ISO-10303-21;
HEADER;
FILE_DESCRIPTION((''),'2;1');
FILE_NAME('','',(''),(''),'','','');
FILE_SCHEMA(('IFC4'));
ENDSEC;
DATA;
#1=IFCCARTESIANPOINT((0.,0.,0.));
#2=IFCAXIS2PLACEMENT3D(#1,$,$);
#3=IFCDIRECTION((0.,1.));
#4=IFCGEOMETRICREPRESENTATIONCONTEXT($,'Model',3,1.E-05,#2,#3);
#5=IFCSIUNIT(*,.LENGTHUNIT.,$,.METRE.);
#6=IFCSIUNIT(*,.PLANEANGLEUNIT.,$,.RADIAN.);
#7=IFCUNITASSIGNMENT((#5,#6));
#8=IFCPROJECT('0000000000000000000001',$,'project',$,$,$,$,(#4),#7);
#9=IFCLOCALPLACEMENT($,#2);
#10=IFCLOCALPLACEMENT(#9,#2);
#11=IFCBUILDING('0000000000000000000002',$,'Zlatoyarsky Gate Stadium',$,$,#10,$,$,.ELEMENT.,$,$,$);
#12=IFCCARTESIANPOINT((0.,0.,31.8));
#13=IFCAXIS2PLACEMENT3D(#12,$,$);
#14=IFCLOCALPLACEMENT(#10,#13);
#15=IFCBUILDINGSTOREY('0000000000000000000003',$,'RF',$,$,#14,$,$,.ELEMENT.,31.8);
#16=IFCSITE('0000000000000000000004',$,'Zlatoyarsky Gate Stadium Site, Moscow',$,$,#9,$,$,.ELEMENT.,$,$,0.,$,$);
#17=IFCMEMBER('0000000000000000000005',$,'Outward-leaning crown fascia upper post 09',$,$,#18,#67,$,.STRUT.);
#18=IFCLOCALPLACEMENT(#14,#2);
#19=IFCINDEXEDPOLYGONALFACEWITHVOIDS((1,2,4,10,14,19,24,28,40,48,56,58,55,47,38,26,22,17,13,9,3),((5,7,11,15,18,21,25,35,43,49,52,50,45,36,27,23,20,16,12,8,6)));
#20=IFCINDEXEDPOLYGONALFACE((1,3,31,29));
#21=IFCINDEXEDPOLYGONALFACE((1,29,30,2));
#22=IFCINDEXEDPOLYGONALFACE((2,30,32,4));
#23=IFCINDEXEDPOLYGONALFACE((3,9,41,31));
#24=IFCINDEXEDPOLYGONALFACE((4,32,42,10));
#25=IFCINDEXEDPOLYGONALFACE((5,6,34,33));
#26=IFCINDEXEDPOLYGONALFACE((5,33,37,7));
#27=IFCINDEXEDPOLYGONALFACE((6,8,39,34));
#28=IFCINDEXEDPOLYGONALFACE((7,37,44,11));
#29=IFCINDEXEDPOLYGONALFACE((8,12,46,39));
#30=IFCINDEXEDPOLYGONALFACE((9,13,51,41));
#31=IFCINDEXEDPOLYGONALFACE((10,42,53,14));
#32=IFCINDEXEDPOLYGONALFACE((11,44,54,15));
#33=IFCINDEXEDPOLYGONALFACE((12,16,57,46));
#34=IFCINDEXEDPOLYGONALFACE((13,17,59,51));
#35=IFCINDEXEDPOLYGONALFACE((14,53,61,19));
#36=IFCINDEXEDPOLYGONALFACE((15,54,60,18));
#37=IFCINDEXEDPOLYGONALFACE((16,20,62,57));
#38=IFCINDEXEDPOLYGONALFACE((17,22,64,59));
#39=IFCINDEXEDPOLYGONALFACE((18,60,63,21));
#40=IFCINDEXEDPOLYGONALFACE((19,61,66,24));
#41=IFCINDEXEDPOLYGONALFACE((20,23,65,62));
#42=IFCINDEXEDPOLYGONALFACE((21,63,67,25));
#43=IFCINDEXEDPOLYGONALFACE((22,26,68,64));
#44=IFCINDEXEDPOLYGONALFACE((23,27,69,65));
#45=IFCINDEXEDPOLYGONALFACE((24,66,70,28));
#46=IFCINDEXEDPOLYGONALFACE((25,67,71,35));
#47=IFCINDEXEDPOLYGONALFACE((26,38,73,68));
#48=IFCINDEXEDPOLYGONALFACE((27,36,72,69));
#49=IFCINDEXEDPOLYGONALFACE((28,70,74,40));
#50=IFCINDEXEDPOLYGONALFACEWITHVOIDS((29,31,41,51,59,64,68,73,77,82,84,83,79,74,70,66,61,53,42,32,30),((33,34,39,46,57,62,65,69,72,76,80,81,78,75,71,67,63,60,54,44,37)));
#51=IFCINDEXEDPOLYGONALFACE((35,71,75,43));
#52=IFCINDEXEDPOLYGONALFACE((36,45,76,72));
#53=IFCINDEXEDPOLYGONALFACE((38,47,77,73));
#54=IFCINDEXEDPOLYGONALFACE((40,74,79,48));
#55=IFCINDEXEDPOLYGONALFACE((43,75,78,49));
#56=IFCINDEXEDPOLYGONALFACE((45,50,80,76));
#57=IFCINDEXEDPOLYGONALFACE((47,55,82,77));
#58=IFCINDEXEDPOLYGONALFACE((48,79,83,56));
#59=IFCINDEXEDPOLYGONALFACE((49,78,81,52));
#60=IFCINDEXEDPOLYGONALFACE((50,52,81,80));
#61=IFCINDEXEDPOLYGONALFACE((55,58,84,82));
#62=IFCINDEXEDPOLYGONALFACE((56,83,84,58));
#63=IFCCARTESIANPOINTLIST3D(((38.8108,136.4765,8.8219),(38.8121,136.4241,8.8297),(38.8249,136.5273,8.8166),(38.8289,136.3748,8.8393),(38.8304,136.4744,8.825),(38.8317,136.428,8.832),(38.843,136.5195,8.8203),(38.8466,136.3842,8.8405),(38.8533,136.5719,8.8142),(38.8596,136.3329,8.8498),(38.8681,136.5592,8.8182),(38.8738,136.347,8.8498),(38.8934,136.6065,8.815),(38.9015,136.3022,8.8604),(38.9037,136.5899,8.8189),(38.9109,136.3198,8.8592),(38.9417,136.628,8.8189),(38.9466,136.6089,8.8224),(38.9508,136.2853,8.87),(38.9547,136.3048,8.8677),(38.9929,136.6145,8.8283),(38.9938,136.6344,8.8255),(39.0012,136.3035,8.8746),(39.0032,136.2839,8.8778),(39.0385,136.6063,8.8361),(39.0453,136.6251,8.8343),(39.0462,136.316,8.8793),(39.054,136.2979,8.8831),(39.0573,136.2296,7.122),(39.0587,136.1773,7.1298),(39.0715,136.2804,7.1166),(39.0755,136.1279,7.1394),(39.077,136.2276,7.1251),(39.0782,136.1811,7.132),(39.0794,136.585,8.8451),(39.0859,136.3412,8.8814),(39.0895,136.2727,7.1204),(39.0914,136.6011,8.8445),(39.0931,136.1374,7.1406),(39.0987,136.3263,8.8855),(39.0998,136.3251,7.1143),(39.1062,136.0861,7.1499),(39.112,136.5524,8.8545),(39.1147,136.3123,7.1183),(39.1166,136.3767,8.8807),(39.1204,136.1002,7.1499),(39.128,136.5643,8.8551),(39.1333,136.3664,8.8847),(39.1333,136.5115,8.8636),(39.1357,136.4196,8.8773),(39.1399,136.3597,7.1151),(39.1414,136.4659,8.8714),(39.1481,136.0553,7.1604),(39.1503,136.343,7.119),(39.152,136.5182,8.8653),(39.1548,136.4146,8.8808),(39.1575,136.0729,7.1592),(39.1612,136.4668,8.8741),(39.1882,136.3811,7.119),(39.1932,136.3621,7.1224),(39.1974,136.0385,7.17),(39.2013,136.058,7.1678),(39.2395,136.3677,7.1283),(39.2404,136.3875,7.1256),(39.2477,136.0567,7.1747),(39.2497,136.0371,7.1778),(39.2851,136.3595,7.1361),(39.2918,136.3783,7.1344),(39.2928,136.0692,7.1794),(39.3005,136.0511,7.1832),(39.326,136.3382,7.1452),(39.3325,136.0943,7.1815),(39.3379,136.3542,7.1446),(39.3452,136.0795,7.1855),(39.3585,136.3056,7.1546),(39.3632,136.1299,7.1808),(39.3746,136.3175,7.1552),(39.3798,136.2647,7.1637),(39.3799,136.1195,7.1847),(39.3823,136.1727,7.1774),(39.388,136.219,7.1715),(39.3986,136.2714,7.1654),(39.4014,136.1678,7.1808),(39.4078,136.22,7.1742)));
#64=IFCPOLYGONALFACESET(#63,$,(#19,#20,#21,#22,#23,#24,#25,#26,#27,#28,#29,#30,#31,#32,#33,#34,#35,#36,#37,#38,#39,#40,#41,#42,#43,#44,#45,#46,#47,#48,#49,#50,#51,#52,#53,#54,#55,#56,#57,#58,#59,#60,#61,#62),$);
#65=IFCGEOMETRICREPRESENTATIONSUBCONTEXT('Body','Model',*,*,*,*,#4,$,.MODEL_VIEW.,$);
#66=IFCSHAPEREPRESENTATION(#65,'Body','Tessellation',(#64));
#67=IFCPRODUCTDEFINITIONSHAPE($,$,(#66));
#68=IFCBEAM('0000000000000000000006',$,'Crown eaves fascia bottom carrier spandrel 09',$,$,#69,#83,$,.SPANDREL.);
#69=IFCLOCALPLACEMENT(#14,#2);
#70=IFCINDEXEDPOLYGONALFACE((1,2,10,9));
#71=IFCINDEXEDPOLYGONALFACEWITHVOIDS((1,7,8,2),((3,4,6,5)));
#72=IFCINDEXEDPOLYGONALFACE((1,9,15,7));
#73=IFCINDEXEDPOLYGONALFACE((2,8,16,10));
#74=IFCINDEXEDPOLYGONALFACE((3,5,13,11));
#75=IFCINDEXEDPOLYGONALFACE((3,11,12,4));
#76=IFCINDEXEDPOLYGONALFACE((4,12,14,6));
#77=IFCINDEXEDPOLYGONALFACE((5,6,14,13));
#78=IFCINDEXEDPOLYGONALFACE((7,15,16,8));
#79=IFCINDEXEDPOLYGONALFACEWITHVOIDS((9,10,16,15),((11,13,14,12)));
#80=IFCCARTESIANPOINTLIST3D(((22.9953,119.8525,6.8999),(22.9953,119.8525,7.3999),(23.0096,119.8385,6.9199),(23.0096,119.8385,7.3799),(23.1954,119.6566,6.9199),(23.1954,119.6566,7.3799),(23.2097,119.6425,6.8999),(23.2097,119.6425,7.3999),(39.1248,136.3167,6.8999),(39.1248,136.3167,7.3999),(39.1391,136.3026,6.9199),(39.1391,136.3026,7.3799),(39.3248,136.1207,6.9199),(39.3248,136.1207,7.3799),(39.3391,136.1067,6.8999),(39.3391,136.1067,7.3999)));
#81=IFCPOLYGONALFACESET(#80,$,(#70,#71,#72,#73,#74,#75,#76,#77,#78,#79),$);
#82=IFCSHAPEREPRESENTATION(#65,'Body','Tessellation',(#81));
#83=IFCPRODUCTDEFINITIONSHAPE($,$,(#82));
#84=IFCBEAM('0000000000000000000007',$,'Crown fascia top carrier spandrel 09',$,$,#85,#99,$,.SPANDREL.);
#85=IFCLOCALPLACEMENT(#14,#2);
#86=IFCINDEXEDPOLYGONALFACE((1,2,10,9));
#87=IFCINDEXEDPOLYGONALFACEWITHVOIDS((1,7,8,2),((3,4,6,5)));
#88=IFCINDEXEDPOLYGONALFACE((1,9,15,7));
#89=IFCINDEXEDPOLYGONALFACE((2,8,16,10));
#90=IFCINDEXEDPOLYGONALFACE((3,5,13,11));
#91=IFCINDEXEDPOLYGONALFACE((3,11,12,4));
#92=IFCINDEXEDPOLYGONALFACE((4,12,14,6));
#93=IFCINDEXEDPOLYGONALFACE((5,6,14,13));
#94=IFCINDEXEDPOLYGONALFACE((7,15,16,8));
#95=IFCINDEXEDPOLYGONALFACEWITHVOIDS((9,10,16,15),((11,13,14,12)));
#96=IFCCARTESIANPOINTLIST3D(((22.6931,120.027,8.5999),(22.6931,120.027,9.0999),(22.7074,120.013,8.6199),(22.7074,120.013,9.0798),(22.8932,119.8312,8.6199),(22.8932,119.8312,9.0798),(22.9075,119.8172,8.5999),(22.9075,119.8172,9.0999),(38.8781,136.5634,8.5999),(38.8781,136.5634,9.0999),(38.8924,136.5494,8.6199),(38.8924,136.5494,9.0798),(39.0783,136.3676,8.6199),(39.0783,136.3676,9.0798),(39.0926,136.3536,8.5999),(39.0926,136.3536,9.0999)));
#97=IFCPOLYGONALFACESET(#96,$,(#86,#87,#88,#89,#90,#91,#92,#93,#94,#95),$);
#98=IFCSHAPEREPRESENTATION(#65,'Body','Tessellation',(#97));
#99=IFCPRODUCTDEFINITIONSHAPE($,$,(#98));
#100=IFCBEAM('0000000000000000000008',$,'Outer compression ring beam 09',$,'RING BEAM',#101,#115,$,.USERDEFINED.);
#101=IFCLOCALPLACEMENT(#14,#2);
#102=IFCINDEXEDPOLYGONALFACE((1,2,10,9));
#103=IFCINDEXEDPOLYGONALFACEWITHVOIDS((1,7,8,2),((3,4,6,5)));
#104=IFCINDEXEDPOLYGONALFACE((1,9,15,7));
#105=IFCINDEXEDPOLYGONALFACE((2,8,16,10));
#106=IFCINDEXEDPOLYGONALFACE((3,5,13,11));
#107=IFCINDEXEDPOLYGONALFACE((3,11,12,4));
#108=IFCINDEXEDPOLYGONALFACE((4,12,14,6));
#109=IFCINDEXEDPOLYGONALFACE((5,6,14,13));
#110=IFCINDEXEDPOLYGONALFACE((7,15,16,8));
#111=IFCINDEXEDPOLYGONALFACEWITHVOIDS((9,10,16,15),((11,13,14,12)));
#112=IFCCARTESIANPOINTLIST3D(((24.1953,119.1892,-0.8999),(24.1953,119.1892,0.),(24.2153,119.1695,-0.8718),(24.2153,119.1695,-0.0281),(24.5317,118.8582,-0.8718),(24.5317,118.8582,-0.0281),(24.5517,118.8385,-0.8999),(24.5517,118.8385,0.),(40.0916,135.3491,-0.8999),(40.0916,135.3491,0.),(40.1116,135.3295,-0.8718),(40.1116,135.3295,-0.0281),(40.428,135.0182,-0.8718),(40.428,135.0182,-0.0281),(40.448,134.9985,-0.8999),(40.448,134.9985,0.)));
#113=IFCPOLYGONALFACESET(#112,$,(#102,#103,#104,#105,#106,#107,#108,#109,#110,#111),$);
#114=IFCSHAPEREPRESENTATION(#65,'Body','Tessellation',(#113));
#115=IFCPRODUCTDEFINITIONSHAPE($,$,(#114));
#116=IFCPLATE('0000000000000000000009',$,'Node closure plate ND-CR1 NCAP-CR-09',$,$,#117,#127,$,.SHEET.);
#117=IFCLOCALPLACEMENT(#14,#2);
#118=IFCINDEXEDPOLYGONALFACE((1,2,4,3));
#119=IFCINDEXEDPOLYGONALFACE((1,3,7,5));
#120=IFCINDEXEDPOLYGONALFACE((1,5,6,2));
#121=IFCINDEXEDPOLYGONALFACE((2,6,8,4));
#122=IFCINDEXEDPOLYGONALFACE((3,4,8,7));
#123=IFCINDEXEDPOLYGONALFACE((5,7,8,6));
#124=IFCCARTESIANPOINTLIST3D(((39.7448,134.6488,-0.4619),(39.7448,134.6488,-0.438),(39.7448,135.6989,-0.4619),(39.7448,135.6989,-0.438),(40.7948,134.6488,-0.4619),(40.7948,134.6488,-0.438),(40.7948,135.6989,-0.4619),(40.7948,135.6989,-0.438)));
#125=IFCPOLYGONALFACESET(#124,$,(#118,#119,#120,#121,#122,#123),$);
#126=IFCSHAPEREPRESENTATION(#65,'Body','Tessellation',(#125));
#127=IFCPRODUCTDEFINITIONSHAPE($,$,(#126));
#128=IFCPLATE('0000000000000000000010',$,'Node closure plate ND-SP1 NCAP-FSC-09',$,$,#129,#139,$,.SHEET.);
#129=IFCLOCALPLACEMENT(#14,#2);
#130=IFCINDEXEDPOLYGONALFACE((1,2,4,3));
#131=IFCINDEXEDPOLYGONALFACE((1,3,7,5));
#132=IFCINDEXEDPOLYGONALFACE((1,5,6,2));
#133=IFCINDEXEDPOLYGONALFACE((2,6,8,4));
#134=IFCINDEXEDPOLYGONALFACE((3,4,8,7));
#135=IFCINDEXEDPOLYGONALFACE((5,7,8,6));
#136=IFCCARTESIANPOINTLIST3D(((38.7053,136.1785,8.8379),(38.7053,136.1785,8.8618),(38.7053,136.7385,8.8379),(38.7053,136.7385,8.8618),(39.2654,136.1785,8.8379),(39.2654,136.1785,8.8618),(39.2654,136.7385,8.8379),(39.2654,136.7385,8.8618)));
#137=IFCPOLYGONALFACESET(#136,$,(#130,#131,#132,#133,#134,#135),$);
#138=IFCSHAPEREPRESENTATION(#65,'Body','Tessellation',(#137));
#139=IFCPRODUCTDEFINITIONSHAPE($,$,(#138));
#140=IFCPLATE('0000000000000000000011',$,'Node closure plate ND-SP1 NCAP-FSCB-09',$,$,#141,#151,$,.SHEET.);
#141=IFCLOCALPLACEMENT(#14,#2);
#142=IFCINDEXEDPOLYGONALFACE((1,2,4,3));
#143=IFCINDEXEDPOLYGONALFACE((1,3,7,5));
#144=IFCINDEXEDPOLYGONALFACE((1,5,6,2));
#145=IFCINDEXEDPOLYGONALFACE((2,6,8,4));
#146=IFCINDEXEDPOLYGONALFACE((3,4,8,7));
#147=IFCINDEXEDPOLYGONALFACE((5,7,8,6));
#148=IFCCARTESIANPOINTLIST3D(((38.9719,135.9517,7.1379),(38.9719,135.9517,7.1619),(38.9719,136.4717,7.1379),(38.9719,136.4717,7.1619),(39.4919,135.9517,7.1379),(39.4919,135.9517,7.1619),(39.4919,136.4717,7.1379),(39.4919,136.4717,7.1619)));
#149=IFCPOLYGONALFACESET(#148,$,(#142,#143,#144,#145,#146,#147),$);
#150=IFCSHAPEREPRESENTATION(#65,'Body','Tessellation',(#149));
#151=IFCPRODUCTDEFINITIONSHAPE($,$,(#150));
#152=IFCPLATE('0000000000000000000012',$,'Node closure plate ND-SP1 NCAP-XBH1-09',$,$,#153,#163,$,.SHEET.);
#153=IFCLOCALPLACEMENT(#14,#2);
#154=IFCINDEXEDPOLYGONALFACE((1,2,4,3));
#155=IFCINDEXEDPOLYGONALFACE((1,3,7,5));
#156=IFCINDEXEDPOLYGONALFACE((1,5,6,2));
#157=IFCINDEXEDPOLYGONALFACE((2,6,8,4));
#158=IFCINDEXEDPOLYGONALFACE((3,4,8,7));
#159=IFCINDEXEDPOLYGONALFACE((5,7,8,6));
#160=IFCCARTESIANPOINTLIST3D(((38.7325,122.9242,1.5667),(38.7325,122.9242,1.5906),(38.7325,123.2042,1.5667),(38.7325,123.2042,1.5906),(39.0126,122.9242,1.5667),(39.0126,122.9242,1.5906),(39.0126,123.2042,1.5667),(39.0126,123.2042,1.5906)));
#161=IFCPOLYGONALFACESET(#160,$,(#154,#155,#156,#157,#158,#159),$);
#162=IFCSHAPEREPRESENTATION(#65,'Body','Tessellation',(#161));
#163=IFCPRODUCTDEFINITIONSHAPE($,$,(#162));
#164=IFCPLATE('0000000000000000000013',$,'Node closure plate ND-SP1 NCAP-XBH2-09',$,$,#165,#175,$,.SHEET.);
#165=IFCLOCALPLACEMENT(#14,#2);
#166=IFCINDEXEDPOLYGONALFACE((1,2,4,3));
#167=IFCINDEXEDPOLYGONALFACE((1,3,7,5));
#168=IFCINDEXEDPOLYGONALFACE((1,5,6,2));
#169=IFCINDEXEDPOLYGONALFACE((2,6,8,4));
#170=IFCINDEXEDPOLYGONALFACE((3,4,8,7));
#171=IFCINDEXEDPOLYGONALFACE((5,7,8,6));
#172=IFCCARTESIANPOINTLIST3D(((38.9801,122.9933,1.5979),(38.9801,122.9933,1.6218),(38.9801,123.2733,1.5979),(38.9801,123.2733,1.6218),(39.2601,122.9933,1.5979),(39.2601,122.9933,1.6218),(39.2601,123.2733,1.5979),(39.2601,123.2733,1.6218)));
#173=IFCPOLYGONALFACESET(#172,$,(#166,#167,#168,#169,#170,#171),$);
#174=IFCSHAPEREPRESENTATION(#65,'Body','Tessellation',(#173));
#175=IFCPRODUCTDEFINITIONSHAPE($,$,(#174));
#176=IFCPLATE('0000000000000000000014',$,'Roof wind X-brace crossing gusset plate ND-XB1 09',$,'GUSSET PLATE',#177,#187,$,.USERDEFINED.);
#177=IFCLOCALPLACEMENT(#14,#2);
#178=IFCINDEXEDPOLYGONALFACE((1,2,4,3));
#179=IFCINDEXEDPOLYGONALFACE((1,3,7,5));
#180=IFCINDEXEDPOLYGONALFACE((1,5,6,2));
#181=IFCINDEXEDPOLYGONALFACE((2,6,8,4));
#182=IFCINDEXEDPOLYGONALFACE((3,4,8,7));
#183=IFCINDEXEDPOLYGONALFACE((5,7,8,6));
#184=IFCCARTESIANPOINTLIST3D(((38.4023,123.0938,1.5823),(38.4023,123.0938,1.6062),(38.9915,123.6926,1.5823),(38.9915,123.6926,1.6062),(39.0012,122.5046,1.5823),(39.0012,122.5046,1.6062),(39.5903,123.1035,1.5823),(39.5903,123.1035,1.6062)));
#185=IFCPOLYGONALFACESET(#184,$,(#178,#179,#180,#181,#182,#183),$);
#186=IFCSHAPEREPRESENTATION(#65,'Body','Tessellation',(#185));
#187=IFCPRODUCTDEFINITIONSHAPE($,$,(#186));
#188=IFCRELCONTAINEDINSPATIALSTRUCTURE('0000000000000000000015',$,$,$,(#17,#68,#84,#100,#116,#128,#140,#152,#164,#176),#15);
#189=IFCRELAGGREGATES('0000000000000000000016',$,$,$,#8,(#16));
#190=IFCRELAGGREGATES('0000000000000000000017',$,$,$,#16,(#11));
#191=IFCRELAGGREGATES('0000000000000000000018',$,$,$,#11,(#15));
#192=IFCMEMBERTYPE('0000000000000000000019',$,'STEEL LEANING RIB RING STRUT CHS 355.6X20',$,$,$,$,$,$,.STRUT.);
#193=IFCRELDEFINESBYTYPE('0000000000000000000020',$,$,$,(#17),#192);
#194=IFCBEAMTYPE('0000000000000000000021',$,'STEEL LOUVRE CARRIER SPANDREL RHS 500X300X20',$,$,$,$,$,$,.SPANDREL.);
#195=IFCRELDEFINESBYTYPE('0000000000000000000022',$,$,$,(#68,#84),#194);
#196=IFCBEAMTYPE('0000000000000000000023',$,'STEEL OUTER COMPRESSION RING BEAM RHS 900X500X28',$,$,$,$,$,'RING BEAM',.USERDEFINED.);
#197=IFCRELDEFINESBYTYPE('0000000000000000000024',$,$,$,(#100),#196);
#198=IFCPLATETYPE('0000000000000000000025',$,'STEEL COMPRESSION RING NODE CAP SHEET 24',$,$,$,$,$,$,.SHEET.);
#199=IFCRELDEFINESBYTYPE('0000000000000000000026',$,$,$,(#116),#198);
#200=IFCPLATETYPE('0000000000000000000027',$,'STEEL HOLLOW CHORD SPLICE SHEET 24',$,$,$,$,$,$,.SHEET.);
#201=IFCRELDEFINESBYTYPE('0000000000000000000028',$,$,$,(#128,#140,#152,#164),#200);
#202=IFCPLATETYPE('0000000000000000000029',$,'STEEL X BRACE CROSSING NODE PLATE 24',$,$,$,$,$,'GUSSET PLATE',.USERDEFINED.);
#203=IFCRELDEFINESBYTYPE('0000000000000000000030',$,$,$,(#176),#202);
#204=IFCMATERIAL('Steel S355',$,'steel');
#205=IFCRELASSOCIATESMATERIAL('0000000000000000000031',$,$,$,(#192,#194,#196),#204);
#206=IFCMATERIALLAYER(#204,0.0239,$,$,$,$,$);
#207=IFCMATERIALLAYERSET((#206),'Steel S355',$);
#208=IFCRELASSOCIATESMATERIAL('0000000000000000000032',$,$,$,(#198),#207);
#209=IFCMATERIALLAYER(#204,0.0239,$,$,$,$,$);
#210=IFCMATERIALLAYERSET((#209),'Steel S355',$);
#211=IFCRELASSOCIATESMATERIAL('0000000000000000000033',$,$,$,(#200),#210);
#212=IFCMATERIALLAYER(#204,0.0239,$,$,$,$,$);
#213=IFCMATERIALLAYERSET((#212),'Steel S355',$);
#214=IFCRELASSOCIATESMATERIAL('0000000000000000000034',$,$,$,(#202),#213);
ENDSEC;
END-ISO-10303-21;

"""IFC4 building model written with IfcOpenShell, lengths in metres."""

from ifc_helpers import new_model, si_unit, direction, frame, origin, origin_2d, place, context, subcontext, project, spatial, rectangle, hollow_rectangle, hollow_circle, extrude, material, layer, layer_set, material_profile, profile_set, type_object, element, save


model = new_model("IFC4")

# Units and contexts
model_context = context("Model", 3, precision=1e-05, world=origin(), true_north=direction((0.0, 1.0)))
body_context = subcontext(model_context, "Body", "Model", "MODEL_VIEW")
ifc_project = project(units=[si_unit("LENGTHUNIT", "METRE"), si_unit("PLANEANGLEUNIT", "RADIAN")], contexts=[model_context])

# Site, building, storey
site_placement = place(None, origin())
site = spatial("IfcSite", under=ifc_project, at=site_placement, Name="Zlatoyarsky Gate Stadium Site, Moscow", CompositionType="ELEMENT", RefElevation=0.0)
building_placement = place(site_placement, origin())
building = spatial("IfcBuilding", under=site, at=building_placement, Name="Zlatoyarsky Gate Stadium", CompositionType="ELEMENT")
storey_placement = place(building_placement, frame((0.0, 0.0, 31.8)))
storey = spatial("IfcBuildingStorey", under=building, at=storey_placement, Name="RF", CompositionType="ELEMENT", Elevation=31.8)

# Member
ifc_material_1 = material(Name="Steel S355", Category="steel")
ifc_material_profile_1 = material_profile(ifc_material_1, hollow_circle(Radius=0.1777, WallThickness=0.02, at=origin_2d()), Name="CHS 355.6X20")
ifc_profile_set_1 = profile_set([ifc_material_profile_1], Name="Steel S355")
member_type_1 = type_object("IfcMemberType", Name="STEEL LEANING RIB RING STRUT CHS 355.6X20", PredefinedType="STRUT", material=ifc_profile_set_1)
member_1_placement = place(storey_placement, frame((39.2319, 136.2117, 7.1499), z_axis=(-0.142091, 0.142231, 0.979582), x_axis=(-0.707457, -0.706757, 0.0)))
element("IfcMember", 1, at=member_1_placement, inside=storey, type_object=member_type_1, Name="Outward-leaning crown fascia upper post 09", PredefinedType="STRUT", context=body_context, shape_type="SweptSolid", body=[
    extrude(hollow_circle(Radius=0.1777, WallThickness=0.02, at=origin_2d()), origin(), (0.0, 0.0, 1.0), 1.7354),
])

# Beams
ifc_material_profile_2 = material_profile(ifc_material_1, hollow_rectangle(XDim=0.3, YDim=0.5, WallThickness=0.02, at=origin_2d()), Name="RHS 500X300X20")
ifc_profile_set_2 = profile_set([ifc_material_profile_2], Name="Steel S355")
beam_type_1 = type_object("IfcBeamType", Name="STEEL LOUVRE CARRIER SPANDREL RHS 500X300X20", PredefinedType="SPANDREL", material=ifc_profile_set_2)
beam_1_placement = place(storey_placement, frame((39.2319, 136.2117, 7.1499), z_axis=(-0.699808, -0.714331, 0.0), x_axis=(0.714331, -0.699808, 0.0)))
element("IfcBeam", 2, at=beam_1_placement, inside=storey, type_object=beam_type_1, Name="Crown eaves fascia bottom carrier spandrel 09", PredefinedType="SPANDREL", context=body_context, shape_type="SweptSolid", body=[
    extrude(hollow_rectangle(XDim=0.3, YDim=0.5, WallThickness=0.02, at=origin_2d()), origin(), (0.0, 0.0, 1.0), 23.0483),
])
beam_2_placement = place(storey_placement, frame((38.9854, 136.4585, 8.8499), z_axis=(-0.699475, -0.714658, 0.0), x_axis=(0.714658, -0.699475, 0.0)))
element("IfcBeam", 3, at=beam_2_placement, inside=storey, type_object=beam_type_1, Name="Crown fascia top carrier spandrel 09", PredefinedType="SPANDREL", context=body_context, shape_type="SweptSolid", body=[
    extrude(hollow_rectangle(XDim=0.3, YDim=0.5, WallThickness=0.02, at=origin_2d()), origin(), (0.0, 0.0, 1.0), 23.1389),
])
ifc_material_profile_3 = material_profile(ifc_material_1, hollow_rectangle(XDim=0.5, YDim=0.8999, WallThickness=0.0281, at=origin_2d()), Name="RHS 900X500X28")
ifc_profile_set_3 = profile_set([ifc_material_profile_3], Name="Steel S355")
beam_type_2 = type_object("IfcBeamType", Name="STEEL OUTER COMPRESSION RING BEAM RHS 900X500X28", ElementType="RING BEAM", PredefinedType="USERDEFINED", material=ifc_profile_set_3)
beam_3_placement = place(storey_placement, frame((40.2698, 135.1738, -0.45), z_axis=(-0.701267, -0.712899, 0.0), x_axis=(0.712899, -0.701267, 0.0)))
element("IfcBeam", 4, at=beam_3_placement, inside=storey, type_object=beam_type_2, Name="Outer compression ring beam 09", ObjectType="RING BEAM", PredefinedType="USERDEFINED", context=body_context, shape_type="SweptSolid", body=[
    extrude(hollow_rectangle(XDim=0.5, YDim=0.8999, WallThickness=0.0281, at=origin_2d()), origin(), (0.0, 0.0, 1.0), 22.668),
])

# Plates
ifc_layer_1 = layer(ifc_material_1, 0.0239)
ifc_layer_set_1 = layer_set([ifc_layer_1], Name="Steel S355")
plate_type_1 = type_object("IfcPlateType", Name="STEEL COMPRESSION RING NODE CAP SHEET 24", PredefinedType="SHEET", material=ifc_layer_set_1)
plate_1_placement = place(storey_placement, frame((40.2698, 135.1738, -0.4619), z_axis=(0.0, 0.0, 1.0), x_axis=(1.0, 0.0, 0.0)))
element("IfcPlate", 5, at=plate_1_placement, inside=storey, type_object=plate_type_1, Name="Node closure plate ND-CR1 NCAP-CR-09", PredefinedType="SHEET", context=body_context, shape_type="SweptSolid", body=[
    extrude(rectangle(XDim=1.05, YDim=1.05, at=origin_2d()), origin(), (0.0, 0.0, 1.0), 0.0239),
])
ifc_layer_2 = layer(ifc_material_1, 0.0239)
ifc_layer_set_2 = layer_set([ifc_layer_2], Name="Steel S355")
plate_type_2 = type_object("IfcPlateType", Name="STEEL HOLLOW CHORD SPLICE SHEET 24", PredefinedType="SHEET", material=ifc_layer_set_2)
plate_2_placement = place(storey_placement, frame((38.9854, 136.4585, 8.8379), z_axis=(0.0, 0.0, 1.0), x_axis=(1.0, 0.0, 0.0)))
element("IfcPlate", 6, at=plate_2_placement, inside=storey, type_object=plate_type_2, Name="Node closure plate ND-SP1 NCAP-FSC-09", PredefinedType="SHEET", context=body_context, shape_type="SweptSolid", body=[
    extrude(rectangle(XDim=0.5601, YDim=0.5601, at=origin_2d()), origin(), (0.0, 0.0, 1.0), 0.0239),
])
plate_3_placement = place(storey_placement, frame((39.2319, 136.2117, 7.1379), z_axis=(0.0, 0.0, 1.0), x_axis=(1.0, 0.0, 0.0)))
element("IfcPlate", 7, at=plate_3_placement, inside=storey, type_object=plate_type_2, Name="Node closure plate ND-SP1 NCAP-FSCB-09", PredefinedType="SHEET", context=body_context, shape_type="SweptSolid", body=[
    extrude(rectangle(XDim=0.52, YDim=0.52, at=origin_2d()), origin(), (0.0, 0.0, 1.0), 0.0239),
])
for number, where, z_axis, x_axis, name in (
    (8, (38.8726, 123.0642, 1.5667), (0.0, 0.0, 1.0), (1.0, 0.0, 0.0), "Node closure plate ND-SP1 NCAP-XBH1-09"),
    (9, (39.1201, 123.1333, 1.5979), (0.0, 0.0, 1.0), (1.0, 0.0, 0.0), "Node closure plate ND-SP1 NCAP-XBH2-09"),
):
    element("IfcPlate", number, at=place(storey_placement, frame(where, z_axis=z_axis, x_axis=x_axis)), inside=storey, type_object=plate_type_2, Name=name, PredefinedType="SHEET", context=body_context, shape_type="SweptSolid", body=[
        extrude(rectangle(XDim=0.28, YDim=0.28, at=origin_2d()), origin(), (0.0, 0.0, 1.0), 0.0239),
    ])
ifc_layer_3 = layer(ifc_material_1, 0.0239)
ifc_layer_set_3 = layer_set([ifc_layer_3], Name="Steel S355")
plate_type_3 = type_object("IfcPlateType", Name="STEEL X BRACE CROSSING NODE PLATE 24", ElementType="GUSSET PLATE", PredefinedType="USERDEFINED", material=ifc_layer_set_3)
plate_4_placement = place(storey_placement, frame((38.9963, 123.0986, 1.5823), z_axis=(0.0, 0.0, 1.0), x_axis=(-0.701283, -0.712883, 0.0)))
element("IfcPlate", 10, at=plate_4_placement, inside=storey, type_object=plate_type_3, Name="Roof wind X-brace crossing gusset plate ND-XB1 09", ObjectType="GUSSET PLATE", PredefinedType="USERDEFINED", context=body_context, shape_type="SweptSolid", body=[
    extrude(rectangle(XDim=0.8401, YDim=0.8401, at=origin_2d()), origin(), (0.0, 0.0, 1.0), 0.0239),
])

save(model, "model.ifc")
